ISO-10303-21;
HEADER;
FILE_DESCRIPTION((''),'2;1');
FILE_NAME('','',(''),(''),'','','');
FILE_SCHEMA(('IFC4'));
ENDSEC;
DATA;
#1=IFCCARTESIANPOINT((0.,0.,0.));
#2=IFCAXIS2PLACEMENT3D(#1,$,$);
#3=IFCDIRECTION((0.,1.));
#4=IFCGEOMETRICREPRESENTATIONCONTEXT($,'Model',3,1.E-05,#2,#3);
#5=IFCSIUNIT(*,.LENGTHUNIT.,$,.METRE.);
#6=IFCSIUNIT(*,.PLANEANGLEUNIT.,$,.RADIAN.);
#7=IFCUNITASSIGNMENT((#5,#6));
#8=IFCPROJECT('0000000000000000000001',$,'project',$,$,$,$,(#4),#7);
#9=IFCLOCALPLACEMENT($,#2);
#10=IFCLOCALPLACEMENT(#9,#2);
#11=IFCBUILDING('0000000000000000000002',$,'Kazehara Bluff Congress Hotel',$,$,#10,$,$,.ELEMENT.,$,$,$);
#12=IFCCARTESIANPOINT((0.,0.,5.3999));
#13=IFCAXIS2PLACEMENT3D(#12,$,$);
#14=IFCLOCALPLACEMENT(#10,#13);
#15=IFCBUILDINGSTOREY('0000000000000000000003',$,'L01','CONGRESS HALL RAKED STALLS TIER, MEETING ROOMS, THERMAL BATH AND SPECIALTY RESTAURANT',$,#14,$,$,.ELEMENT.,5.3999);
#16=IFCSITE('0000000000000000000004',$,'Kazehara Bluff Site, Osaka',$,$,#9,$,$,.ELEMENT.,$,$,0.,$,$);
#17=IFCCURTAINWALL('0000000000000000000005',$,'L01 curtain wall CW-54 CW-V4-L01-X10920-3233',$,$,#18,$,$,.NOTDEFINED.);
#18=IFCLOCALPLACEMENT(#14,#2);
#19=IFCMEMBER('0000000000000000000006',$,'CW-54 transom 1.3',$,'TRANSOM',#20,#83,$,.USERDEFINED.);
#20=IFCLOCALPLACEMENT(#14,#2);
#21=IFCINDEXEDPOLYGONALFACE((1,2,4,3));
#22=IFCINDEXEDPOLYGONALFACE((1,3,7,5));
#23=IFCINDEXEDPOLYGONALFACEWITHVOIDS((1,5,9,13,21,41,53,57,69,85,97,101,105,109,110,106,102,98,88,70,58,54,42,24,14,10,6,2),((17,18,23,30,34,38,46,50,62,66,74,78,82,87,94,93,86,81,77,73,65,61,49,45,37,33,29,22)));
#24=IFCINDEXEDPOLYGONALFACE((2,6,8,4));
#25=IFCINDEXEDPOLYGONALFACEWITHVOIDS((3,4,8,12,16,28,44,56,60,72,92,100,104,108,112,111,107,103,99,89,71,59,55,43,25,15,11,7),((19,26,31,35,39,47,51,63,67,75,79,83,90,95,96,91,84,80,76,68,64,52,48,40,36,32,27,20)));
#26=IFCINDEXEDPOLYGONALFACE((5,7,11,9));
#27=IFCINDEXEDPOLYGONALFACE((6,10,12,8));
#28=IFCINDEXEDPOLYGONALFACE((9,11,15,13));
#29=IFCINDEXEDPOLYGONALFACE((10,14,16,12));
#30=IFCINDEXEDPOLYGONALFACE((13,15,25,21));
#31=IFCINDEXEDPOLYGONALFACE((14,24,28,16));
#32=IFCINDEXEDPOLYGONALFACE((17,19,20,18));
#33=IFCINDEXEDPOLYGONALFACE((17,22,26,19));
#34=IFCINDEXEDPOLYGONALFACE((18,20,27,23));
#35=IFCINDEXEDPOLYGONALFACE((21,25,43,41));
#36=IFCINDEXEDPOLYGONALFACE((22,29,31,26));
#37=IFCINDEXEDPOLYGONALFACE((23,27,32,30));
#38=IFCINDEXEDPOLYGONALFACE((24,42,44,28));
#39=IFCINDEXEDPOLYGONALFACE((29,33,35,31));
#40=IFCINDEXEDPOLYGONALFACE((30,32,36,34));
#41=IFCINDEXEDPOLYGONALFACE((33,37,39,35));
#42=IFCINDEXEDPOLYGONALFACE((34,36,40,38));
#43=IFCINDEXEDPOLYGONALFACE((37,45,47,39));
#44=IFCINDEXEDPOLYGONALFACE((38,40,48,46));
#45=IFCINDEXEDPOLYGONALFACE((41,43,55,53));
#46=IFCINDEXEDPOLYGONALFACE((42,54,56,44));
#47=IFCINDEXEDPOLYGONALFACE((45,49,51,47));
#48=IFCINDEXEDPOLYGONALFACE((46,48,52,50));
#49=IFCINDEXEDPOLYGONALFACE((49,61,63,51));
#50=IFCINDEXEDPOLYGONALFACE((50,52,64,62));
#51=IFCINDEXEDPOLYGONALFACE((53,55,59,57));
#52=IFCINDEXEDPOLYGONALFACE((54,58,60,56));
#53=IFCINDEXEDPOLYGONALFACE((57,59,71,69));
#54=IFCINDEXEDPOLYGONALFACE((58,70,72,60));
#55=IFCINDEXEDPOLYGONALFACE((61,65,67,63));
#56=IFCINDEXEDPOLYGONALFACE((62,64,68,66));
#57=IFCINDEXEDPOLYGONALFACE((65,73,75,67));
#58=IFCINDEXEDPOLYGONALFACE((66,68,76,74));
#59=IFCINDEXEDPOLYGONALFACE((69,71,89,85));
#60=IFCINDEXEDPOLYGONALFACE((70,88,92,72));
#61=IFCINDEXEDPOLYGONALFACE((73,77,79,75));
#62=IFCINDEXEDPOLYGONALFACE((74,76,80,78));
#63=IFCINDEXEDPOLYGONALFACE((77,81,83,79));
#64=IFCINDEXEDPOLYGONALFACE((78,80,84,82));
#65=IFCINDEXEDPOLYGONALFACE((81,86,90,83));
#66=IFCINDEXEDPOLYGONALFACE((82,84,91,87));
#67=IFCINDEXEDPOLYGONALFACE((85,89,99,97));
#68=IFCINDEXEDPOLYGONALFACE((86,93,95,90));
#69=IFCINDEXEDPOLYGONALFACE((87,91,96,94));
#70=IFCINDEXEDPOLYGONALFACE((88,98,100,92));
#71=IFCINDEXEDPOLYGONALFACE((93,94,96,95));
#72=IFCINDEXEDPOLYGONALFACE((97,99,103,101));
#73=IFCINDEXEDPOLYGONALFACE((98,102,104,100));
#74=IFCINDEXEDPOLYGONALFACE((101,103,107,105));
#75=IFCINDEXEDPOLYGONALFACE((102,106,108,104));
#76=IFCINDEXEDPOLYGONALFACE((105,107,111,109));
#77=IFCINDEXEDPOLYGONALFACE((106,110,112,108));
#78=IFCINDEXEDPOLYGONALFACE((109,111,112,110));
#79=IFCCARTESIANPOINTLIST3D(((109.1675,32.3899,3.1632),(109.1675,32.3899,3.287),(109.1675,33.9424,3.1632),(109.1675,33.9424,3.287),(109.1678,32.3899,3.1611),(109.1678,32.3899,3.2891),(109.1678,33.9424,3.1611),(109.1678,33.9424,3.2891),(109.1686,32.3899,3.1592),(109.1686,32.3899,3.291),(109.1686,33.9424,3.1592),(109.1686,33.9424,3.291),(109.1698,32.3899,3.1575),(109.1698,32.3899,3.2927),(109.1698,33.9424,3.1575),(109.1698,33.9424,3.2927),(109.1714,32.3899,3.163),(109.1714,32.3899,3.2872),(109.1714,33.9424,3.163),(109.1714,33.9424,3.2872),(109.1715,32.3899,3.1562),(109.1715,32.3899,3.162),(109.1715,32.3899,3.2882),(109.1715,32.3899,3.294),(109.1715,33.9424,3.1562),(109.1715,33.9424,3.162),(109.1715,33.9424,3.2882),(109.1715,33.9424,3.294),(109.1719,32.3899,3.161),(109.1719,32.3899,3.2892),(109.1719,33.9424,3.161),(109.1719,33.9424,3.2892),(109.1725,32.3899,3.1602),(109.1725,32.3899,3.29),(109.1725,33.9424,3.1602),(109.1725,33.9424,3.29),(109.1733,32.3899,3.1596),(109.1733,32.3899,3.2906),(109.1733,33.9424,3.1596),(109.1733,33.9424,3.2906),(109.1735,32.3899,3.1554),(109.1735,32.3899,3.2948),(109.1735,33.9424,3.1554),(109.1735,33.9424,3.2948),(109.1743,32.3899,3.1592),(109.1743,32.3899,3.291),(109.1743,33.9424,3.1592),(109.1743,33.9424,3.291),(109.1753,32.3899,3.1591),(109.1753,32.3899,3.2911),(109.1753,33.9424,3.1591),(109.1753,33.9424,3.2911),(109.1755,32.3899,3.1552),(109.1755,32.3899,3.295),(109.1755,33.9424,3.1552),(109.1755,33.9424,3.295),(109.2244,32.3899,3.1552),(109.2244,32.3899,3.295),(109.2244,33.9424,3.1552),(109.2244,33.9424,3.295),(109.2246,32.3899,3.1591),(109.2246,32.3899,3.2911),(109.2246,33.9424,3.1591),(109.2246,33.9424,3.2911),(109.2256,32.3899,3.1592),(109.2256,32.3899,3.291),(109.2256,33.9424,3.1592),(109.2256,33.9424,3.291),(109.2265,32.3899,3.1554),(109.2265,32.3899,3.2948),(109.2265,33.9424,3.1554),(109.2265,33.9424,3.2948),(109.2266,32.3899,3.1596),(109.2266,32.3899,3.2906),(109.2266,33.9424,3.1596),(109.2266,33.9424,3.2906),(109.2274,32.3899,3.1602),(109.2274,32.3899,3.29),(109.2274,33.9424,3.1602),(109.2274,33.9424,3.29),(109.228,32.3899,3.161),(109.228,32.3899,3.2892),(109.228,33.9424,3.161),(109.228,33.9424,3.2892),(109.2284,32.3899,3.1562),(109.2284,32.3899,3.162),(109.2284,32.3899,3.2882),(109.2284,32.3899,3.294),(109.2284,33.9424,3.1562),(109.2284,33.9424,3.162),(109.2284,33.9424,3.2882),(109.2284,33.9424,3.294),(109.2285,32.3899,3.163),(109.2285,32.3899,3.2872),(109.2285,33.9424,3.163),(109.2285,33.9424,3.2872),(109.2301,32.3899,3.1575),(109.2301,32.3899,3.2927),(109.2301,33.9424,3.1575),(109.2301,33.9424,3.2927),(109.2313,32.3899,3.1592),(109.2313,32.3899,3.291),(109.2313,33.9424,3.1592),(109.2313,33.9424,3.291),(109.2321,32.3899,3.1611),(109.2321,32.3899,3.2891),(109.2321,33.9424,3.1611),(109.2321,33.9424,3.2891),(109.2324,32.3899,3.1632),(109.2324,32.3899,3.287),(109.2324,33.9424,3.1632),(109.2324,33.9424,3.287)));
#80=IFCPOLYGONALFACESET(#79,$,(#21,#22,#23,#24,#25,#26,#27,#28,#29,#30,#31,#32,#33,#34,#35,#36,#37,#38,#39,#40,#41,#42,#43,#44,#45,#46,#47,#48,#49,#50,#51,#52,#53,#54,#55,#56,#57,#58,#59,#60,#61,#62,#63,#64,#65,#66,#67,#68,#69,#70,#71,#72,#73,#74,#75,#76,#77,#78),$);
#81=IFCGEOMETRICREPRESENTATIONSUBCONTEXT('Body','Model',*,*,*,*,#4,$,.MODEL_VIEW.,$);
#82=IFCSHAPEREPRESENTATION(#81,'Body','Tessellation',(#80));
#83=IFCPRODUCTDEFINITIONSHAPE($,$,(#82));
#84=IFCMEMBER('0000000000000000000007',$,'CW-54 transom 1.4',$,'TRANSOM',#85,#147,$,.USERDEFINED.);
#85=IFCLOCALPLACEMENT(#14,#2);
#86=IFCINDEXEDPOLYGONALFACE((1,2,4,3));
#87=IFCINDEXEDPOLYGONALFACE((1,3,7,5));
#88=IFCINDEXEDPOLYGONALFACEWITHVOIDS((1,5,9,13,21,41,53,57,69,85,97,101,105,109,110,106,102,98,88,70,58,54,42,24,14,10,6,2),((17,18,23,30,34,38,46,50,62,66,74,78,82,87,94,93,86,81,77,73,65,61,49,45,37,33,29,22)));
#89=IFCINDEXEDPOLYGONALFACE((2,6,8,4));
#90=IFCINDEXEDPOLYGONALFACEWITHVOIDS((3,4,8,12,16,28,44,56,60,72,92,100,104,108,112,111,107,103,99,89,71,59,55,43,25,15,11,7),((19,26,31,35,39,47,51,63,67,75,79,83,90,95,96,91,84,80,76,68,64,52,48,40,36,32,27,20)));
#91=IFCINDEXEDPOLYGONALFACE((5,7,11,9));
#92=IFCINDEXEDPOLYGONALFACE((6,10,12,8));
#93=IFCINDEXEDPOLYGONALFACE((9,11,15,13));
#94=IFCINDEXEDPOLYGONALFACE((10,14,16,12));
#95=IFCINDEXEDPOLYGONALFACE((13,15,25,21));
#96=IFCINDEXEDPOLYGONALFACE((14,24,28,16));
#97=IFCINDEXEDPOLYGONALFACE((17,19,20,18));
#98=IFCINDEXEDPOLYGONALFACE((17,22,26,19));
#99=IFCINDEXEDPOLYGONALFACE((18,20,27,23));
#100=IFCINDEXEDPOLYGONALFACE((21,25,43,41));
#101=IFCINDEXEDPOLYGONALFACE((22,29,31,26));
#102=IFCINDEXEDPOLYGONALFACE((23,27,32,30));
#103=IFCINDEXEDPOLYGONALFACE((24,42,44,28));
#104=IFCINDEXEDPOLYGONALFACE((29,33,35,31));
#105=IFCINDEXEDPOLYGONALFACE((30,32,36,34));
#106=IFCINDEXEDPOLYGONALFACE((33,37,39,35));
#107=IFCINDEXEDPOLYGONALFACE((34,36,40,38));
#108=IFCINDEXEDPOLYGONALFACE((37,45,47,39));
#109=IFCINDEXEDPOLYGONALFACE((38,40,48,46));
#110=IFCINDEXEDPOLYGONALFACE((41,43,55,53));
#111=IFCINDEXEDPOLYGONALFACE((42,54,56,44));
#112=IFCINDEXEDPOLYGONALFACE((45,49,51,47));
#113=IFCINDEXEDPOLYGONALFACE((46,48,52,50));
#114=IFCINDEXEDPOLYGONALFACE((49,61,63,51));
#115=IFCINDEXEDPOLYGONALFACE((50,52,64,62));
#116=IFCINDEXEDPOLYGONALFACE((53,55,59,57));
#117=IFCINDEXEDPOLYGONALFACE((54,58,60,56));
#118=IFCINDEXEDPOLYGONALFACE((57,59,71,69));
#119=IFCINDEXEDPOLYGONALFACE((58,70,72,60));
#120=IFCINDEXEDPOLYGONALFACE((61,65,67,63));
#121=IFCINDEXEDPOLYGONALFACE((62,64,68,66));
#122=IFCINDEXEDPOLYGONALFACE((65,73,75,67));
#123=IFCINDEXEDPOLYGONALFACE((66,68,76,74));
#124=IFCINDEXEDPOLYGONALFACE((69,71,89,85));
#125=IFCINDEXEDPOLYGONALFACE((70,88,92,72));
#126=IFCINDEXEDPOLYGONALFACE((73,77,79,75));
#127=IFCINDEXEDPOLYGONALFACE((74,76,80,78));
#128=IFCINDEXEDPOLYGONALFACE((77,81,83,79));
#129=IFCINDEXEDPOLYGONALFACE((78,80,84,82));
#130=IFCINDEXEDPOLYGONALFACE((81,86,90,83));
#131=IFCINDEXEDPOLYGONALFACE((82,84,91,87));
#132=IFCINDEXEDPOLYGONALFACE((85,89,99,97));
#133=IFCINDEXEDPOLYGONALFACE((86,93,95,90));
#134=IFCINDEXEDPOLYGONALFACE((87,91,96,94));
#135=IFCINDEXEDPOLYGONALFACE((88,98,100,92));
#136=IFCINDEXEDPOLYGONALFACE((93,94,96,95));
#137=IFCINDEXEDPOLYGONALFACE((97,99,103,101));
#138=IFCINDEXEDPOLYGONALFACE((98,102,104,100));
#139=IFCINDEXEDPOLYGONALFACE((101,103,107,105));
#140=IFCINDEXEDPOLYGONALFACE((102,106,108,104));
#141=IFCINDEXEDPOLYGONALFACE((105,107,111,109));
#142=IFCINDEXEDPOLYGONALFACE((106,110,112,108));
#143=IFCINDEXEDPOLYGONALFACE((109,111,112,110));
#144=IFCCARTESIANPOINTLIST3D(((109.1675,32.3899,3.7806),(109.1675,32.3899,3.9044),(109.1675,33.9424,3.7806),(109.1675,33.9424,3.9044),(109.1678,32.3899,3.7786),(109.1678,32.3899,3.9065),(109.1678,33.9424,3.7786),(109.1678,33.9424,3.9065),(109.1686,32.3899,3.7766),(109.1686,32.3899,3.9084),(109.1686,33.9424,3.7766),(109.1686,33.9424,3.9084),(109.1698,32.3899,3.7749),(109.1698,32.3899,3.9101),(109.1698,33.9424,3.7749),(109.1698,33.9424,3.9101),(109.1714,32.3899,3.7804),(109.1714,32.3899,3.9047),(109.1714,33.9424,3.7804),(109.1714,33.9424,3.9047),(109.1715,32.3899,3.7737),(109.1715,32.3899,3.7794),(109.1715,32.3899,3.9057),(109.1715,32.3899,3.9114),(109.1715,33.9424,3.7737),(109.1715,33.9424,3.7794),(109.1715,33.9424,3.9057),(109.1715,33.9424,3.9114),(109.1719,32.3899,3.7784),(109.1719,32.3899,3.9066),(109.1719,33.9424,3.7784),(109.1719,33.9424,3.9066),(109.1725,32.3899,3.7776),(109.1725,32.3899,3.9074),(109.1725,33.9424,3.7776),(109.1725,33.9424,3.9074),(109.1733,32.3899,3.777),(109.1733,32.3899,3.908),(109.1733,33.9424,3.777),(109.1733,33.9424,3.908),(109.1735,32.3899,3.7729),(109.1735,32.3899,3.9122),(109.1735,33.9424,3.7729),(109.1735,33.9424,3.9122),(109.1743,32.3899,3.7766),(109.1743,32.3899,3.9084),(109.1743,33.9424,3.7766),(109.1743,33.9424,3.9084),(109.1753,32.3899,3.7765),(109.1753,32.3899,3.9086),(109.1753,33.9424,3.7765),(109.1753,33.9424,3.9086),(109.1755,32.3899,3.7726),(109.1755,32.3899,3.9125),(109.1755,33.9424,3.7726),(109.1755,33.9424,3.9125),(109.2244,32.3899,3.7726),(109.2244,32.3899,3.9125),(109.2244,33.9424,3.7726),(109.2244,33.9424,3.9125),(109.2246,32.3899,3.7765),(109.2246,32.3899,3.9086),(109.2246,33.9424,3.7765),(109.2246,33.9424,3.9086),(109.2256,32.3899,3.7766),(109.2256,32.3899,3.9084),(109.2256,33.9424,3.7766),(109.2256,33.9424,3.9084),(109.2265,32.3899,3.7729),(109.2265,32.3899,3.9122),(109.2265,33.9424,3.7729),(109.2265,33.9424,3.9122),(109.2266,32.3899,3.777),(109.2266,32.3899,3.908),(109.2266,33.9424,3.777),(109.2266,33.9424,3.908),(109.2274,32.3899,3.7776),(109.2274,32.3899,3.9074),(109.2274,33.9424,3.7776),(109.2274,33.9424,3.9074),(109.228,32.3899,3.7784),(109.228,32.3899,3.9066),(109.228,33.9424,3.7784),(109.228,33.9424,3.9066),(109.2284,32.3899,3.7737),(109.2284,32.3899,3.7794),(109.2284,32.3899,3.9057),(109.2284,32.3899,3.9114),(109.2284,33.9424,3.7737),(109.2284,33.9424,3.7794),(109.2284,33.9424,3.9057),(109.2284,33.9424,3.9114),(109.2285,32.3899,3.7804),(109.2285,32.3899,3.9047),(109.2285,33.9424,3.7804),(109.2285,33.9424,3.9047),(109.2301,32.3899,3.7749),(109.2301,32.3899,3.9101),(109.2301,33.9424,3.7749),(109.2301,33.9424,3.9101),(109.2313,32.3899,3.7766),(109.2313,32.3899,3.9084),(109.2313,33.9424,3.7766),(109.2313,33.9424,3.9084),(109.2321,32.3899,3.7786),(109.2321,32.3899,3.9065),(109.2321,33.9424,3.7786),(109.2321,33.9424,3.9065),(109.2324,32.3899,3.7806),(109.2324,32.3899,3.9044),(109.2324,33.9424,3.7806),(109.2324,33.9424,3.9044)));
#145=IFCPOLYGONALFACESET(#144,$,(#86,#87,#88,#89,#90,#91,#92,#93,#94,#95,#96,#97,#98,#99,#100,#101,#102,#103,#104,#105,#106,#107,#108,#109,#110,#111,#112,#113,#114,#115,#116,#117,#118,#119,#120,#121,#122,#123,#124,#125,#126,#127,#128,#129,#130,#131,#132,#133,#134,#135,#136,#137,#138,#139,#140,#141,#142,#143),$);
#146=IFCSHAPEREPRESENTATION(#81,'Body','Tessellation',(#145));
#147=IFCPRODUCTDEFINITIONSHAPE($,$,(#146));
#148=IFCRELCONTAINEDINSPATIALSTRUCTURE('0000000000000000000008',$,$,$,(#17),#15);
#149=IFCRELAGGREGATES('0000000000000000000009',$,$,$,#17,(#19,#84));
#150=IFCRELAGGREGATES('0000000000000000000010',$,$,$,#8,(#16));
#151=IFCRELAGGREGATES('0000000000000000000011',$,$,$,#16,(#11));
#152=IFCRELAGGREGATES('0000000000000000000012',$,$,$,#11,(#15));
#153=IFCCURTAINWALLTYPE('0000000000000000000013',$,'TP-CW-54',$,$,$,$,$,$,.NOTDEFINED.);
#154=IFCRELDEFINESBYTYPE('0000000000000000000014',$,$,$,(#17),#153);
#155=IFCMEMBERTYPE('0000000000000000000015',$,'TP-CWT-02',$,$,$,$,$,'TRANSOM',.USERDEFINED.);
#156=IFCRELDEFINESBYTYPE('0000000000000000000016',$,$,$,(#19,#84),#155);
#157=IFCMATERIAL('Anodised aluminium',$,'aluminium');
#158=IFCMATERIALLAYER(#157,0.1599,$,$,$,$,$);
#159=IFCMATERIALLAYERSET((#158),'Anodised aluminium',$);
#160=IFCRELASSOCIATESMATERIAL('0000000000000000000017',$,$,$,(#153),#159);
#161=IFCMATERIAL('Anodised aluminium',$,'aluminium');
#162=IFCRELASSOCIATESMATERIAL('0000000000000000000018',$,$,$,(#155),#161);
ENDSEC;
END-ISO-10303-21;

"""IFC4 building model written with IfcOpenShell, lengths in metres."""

from ifc_helpers import new_model, si_unit, direction, frame, origin, origin_2d, place, context, subcontext, project, spatial, hollow_rectangle, extrude, material, layer, layer_set, material_profile, profile_set, type_object, element, aggregate, save


model = new_model("IFC4")

# Units and contexts
model_context = context("Model", 3, precision=1e-05, world=origin(), true_north=direction((0.0, 1.0)))
body_context = subcontext(model_context, "Body", "Model", "MODEL_VIEW")
ifc_project = project(units=[si_unit("LENGTHUNIT", "METRE"), si_unit("PLANEANGLEUNIT", "RADIAN")], contexts=[model_context])

# Site, building, storey
site_placement = place(None, origin())
site = spatial("IfcSite", under=ifc_project, at=site_placement, Name="Kazehara Bluff Site, Osaka", CompositionType="ELEMENT", RefElevation=0.0)
building_placement = place(site_placement, origin())
building = spatial("IfcBuilding", under=site, at=building_placement, Name="Kazehara Bluff Congress Hotel", CompositionType="ELEMENT")
storey_placement = place(building_placement, frame((0.0, 0.0, 5.3999)))
storey = spatial("IfcBuildingStorey", under=building, at=storey_placement, Name="L01", Description="CONGRESS HALL RAKED STALLS TIER, MEETING ROOMS, THERMAL BATH AND SPECIALTY RESTAURANT", CompositionType="ELEMENT", Elevation=5.3999)

# Curtain wall, members
ifc_material_1 = material(Name="Anodised aluminium", Category="aluminium")
ifc_layer_1 = layer(ifc_material_1, 0.1599)
ifc_layer_set_1 = layer_set([ifc_layer_1], Name="Anodised aluminium")
curtain_wall_type_1 = type_object("IfcCurtainWallType", Name="TP-CW-54", PredefinedType="NOTDEFINED", material=ifc_layer_set_1)
curtain_wall_1_placement = place(storey_placement, origin())
curtain_wall_1 = element("IfcCurtainWall", 1, at=curtain_wall_1_placement, inside=storey, type_object=curtain_wall_type_1, Name="L01 curtain wall CW-54 CW-V4-L01-X10920-3233", PredefinedType="NOTDEFINED")
ifc_material_2 = material(Name="Anodised aluminium", Category="aluminium")
ifc_material_profile_1 = material_profile(ifc_material_2, hollow_rectangle(XDim=0.0649, YDim=0.1399, WallThickness=0.0039, InnerFilletRadius=0.0039, OuterFilletRadius=0.0081, at=origin_2d()))
ifc_profile_set_1 = profile_set([ifc_material_profile_1], Name="Anodised aluminium")
member_type_1 = type_object("IfcMemberType", Name="TP-CWT-02", ElementType="TRANSOM", PredefinedType="USERDEFINED", material=ifc_profile_set_1)
member_1_placement = place(storey_placement, frame((109.2, 32.3899, 3.2251), z_axis=(0.0, 1.0, 0.0), x_axis=(-1.0, 0.0, 0.0)))
member_1 = element("IfcMember", 2, at=member_1_placement, type_object=member_type_1, Name="CW-54 transom 1.3", ObjectType="TRANSOM", PredefinedType="USERDEFINED", context=body_context, shape_type="SweptSolid", body=[
    extrude(hollow_rectangle(XDim=0.0649, YDim=0.1399, WallThickness=0.0039, InnerFilletRadius=0.0039, OuterFilletRadius=0.0081, at=origin_2d()), origin(), (0.0, 0.0, 1.0), 1.5525),
])
member_2_placement = place(storey_placement, frame((109.2, 32.3899, 3.8425), z_axis=(0.0, 1.0, 0.0), x_axis=(-1.0, 0.0, 0.0)))
member_2 = element("IfcMember", 3, at=member_2_placement, type_object=member_type_1, Name="CW-54 transom 1.4", ObjectType="TRANSOM", PredefinedType="USERDEFINED", context=body_context, shape_type="SweptSolid", body=[
    extrude(hollow_rectangle(XDim=0.0649, YDim=0.1399, WallThickness=0.0039, InnerFilletRadius=0.0039, OuterFilletRadius=0.0081, at=origin_2d()), origin(), (0.0, 0.0, 1.0), 1.5525),
])

aggregate(curtain_wall_1, [member_1, member_2])

save(model, "model.ifc")
